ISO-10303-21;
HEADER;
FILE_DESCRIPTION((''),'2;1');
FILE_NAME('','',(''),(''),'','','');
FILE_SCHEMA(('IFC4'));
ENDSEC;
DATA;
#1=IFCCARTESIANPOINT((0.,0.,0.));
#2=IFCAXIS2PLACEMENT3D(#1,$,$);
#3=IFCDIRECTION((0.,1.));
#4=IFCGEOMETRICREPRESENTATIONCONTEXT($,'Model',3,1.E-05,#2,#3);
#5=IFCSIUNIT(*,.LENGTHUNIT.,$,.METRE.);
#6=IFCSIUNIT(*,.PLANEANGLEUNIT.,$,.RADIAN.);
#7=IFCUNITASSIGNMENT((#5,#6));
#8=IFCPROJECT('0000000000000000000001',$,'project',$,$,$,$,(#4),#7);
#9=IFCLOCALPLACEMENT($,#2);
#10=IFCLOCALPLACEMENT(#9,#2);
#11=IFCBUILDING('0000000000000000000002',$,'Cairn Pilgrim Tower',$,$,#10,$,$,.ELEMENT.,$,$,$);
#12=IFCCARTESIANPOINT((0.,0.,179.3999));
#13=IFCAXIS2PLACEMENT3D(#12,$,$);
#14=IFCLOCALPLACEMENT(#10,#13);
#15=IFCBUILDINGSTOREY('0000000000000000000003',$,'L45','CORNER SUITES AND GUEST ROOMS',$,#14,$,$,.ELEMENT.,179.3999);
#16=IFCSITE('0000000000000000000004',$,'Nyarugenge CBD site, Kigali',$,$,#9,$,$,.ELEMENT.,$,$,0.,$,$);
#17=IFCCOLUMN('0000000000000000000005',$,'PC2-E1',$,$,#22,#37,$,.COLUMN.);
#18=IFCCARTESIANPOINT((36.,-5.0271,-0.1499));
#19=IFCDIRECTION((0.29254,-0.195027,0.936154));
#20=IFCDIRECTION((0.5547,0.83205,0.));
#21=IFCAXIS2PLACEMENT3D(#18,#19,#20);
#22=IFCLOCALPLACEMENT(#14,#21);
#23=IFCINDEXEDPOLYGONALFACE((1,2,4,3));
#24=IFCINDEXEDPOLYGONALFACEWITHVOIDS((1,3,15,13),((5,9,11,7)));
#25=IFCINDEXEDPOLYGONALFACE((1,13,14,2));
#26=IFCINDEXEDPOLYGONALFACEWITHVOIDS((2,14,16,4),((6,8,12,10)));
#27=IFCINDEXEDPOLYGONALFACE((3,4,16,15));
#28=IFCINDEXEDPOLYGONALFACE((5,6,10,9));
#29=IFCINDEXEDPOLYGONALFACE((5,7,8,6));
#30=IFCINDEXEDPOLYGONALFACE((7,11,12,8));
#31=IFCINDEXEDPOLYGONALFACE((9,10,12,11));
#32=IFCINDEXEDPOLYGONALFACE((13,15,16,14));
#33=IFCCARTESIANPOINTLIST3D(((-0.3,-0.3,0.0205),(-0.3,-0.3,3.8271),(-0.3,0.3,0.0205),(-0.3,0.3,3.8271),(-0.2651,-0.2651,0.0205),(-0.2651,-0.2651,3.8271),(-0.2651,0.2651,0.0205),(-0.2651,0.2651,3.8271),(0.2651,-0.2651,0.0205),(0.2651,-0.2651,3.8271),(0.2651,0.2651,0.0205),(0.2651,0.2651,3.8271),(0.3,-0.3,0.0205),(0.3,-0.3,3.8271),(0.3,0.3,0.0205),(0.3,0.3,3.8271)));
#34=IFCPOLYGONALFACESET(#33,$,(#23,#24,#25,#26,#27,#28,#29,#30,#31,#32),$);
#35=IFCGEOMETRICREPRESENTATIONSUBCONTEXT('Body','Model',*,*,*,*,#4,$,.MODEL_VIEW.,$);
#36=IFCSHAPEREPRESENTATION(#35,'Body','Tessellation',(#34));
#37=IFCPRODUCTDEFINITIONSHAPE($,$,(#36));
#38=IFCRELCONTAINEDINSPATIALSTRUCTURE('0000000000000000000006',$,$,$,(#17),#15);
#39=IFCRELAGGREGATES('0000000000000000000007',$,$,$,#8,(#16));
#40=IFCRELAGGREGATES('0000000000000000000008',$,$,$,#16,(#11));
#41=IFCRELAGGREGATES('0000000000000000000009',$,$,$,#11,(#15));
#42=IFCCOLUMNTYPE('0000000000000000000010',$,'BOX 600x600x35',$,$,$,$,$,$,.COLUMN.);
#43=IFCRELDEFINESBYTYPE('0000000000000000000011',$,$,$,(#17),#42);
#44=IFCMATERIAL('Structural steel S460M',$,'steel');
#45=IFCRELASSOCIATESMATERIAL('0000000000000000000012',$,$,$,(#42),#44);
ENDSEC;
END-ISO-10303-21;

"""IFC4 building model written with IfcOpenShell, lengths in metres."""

from ifc_helpers import new_model, si_unit, direction, frame, origin, origin_2d, place, context, subcontext, project, spatial, hollow_rectangle, extrude, clip, halfspace, material, material_profile, profile_set, type_object, element, save


model = new_model("IFC4")

# Units and contexts
model_context = context("Model", 3, precision=1e-05, world=origin(), true_north=direction((0.0, 1.0)))
body_context = subcontext(model_context, "Body", "Model", "MODEL_VIEW")
ifc_project = project(units=[si_unit("LENGTHUNIT", "METRE"), si_unit("PLANEANGLEUNIT", "RADIAN")], contexts=[model_context])

# Site, building, storey
site_placement = place(None, origin())
site = spatial("IfcSite", under=ifc_project, at=site_placement, Name="Nyarugenge CBD site, Kigali", CompositionType="ELEMENT", RefElevation=0.0)
building_placement = place(site_placement, origin())
building = spatial("IfcBuilding", under=site, at=building_placement, Name="Cairn Pilgrim Tower", CompositionType="ELEMENT")
storey_placement = place(building_placement, frame((0.0, 0.0, 179.3999)))
storey = spatial("IfcBuildingStorey", under=building, at=storey_placement, Name="L45", Description="CORNER SUITES AND GUEST ROOMS", CompositionType="ELEMENT", Elevation=179.3999)

# Column
ifc_material_1 = material(Name="Structural steel S460M", Category="steel")
ifc_material_profile_1 = material_profile(ifc_material_1, hollow_rectangle(XDim=0.6001, YDim=0.6001, WallThickness=0.0349, at=origin_2d()), Name="BOX 600x600x35")
ifc_profile_set_1 = profile_set([ifc_material_profile_1], Name="Structural steel S460M")
column_type_1 = type_object("IfcColumnType", Name="BOX 600x600x35", PredefinedType="COLUMN", material=ifc_profile_set_1)
column_1_placement = place(storey_placement, frame((36.0, -5.0271, -0.1499), z_axis=(0.29254, -0.195027, 0.936154), x_axis=(0.5547, 0.83205, 0.0)))
element("IfcColumn", 1, at=column_1_placement, inside=storey, type_object=column_type_1, Name="PC2-E1", PredefinedType="COLUMN", context=body_context, shape_type="Clipping", body=[
    clip(clip(extrude(hollow_rectangle(XDim=0.6001, YDim=0.6001, WallThickness=0.0349, at=origin_2d()), origin(), (0.0, 0.0, 1.0), 3.8457), halfspace(frame((0.0, 0.0, 0.0205), z_axis=(0.0, 0.0, 1.0), x_axis=(1.0, 0.0, 0.0)), True)), halfspace(frame((0.0, 0.0, 3.8271), z_axis=(0.0, 0.0, 1.0), x_axis=(1.0, 0.0, 0.0)), False)),
])

save(model, "model.ifc")
